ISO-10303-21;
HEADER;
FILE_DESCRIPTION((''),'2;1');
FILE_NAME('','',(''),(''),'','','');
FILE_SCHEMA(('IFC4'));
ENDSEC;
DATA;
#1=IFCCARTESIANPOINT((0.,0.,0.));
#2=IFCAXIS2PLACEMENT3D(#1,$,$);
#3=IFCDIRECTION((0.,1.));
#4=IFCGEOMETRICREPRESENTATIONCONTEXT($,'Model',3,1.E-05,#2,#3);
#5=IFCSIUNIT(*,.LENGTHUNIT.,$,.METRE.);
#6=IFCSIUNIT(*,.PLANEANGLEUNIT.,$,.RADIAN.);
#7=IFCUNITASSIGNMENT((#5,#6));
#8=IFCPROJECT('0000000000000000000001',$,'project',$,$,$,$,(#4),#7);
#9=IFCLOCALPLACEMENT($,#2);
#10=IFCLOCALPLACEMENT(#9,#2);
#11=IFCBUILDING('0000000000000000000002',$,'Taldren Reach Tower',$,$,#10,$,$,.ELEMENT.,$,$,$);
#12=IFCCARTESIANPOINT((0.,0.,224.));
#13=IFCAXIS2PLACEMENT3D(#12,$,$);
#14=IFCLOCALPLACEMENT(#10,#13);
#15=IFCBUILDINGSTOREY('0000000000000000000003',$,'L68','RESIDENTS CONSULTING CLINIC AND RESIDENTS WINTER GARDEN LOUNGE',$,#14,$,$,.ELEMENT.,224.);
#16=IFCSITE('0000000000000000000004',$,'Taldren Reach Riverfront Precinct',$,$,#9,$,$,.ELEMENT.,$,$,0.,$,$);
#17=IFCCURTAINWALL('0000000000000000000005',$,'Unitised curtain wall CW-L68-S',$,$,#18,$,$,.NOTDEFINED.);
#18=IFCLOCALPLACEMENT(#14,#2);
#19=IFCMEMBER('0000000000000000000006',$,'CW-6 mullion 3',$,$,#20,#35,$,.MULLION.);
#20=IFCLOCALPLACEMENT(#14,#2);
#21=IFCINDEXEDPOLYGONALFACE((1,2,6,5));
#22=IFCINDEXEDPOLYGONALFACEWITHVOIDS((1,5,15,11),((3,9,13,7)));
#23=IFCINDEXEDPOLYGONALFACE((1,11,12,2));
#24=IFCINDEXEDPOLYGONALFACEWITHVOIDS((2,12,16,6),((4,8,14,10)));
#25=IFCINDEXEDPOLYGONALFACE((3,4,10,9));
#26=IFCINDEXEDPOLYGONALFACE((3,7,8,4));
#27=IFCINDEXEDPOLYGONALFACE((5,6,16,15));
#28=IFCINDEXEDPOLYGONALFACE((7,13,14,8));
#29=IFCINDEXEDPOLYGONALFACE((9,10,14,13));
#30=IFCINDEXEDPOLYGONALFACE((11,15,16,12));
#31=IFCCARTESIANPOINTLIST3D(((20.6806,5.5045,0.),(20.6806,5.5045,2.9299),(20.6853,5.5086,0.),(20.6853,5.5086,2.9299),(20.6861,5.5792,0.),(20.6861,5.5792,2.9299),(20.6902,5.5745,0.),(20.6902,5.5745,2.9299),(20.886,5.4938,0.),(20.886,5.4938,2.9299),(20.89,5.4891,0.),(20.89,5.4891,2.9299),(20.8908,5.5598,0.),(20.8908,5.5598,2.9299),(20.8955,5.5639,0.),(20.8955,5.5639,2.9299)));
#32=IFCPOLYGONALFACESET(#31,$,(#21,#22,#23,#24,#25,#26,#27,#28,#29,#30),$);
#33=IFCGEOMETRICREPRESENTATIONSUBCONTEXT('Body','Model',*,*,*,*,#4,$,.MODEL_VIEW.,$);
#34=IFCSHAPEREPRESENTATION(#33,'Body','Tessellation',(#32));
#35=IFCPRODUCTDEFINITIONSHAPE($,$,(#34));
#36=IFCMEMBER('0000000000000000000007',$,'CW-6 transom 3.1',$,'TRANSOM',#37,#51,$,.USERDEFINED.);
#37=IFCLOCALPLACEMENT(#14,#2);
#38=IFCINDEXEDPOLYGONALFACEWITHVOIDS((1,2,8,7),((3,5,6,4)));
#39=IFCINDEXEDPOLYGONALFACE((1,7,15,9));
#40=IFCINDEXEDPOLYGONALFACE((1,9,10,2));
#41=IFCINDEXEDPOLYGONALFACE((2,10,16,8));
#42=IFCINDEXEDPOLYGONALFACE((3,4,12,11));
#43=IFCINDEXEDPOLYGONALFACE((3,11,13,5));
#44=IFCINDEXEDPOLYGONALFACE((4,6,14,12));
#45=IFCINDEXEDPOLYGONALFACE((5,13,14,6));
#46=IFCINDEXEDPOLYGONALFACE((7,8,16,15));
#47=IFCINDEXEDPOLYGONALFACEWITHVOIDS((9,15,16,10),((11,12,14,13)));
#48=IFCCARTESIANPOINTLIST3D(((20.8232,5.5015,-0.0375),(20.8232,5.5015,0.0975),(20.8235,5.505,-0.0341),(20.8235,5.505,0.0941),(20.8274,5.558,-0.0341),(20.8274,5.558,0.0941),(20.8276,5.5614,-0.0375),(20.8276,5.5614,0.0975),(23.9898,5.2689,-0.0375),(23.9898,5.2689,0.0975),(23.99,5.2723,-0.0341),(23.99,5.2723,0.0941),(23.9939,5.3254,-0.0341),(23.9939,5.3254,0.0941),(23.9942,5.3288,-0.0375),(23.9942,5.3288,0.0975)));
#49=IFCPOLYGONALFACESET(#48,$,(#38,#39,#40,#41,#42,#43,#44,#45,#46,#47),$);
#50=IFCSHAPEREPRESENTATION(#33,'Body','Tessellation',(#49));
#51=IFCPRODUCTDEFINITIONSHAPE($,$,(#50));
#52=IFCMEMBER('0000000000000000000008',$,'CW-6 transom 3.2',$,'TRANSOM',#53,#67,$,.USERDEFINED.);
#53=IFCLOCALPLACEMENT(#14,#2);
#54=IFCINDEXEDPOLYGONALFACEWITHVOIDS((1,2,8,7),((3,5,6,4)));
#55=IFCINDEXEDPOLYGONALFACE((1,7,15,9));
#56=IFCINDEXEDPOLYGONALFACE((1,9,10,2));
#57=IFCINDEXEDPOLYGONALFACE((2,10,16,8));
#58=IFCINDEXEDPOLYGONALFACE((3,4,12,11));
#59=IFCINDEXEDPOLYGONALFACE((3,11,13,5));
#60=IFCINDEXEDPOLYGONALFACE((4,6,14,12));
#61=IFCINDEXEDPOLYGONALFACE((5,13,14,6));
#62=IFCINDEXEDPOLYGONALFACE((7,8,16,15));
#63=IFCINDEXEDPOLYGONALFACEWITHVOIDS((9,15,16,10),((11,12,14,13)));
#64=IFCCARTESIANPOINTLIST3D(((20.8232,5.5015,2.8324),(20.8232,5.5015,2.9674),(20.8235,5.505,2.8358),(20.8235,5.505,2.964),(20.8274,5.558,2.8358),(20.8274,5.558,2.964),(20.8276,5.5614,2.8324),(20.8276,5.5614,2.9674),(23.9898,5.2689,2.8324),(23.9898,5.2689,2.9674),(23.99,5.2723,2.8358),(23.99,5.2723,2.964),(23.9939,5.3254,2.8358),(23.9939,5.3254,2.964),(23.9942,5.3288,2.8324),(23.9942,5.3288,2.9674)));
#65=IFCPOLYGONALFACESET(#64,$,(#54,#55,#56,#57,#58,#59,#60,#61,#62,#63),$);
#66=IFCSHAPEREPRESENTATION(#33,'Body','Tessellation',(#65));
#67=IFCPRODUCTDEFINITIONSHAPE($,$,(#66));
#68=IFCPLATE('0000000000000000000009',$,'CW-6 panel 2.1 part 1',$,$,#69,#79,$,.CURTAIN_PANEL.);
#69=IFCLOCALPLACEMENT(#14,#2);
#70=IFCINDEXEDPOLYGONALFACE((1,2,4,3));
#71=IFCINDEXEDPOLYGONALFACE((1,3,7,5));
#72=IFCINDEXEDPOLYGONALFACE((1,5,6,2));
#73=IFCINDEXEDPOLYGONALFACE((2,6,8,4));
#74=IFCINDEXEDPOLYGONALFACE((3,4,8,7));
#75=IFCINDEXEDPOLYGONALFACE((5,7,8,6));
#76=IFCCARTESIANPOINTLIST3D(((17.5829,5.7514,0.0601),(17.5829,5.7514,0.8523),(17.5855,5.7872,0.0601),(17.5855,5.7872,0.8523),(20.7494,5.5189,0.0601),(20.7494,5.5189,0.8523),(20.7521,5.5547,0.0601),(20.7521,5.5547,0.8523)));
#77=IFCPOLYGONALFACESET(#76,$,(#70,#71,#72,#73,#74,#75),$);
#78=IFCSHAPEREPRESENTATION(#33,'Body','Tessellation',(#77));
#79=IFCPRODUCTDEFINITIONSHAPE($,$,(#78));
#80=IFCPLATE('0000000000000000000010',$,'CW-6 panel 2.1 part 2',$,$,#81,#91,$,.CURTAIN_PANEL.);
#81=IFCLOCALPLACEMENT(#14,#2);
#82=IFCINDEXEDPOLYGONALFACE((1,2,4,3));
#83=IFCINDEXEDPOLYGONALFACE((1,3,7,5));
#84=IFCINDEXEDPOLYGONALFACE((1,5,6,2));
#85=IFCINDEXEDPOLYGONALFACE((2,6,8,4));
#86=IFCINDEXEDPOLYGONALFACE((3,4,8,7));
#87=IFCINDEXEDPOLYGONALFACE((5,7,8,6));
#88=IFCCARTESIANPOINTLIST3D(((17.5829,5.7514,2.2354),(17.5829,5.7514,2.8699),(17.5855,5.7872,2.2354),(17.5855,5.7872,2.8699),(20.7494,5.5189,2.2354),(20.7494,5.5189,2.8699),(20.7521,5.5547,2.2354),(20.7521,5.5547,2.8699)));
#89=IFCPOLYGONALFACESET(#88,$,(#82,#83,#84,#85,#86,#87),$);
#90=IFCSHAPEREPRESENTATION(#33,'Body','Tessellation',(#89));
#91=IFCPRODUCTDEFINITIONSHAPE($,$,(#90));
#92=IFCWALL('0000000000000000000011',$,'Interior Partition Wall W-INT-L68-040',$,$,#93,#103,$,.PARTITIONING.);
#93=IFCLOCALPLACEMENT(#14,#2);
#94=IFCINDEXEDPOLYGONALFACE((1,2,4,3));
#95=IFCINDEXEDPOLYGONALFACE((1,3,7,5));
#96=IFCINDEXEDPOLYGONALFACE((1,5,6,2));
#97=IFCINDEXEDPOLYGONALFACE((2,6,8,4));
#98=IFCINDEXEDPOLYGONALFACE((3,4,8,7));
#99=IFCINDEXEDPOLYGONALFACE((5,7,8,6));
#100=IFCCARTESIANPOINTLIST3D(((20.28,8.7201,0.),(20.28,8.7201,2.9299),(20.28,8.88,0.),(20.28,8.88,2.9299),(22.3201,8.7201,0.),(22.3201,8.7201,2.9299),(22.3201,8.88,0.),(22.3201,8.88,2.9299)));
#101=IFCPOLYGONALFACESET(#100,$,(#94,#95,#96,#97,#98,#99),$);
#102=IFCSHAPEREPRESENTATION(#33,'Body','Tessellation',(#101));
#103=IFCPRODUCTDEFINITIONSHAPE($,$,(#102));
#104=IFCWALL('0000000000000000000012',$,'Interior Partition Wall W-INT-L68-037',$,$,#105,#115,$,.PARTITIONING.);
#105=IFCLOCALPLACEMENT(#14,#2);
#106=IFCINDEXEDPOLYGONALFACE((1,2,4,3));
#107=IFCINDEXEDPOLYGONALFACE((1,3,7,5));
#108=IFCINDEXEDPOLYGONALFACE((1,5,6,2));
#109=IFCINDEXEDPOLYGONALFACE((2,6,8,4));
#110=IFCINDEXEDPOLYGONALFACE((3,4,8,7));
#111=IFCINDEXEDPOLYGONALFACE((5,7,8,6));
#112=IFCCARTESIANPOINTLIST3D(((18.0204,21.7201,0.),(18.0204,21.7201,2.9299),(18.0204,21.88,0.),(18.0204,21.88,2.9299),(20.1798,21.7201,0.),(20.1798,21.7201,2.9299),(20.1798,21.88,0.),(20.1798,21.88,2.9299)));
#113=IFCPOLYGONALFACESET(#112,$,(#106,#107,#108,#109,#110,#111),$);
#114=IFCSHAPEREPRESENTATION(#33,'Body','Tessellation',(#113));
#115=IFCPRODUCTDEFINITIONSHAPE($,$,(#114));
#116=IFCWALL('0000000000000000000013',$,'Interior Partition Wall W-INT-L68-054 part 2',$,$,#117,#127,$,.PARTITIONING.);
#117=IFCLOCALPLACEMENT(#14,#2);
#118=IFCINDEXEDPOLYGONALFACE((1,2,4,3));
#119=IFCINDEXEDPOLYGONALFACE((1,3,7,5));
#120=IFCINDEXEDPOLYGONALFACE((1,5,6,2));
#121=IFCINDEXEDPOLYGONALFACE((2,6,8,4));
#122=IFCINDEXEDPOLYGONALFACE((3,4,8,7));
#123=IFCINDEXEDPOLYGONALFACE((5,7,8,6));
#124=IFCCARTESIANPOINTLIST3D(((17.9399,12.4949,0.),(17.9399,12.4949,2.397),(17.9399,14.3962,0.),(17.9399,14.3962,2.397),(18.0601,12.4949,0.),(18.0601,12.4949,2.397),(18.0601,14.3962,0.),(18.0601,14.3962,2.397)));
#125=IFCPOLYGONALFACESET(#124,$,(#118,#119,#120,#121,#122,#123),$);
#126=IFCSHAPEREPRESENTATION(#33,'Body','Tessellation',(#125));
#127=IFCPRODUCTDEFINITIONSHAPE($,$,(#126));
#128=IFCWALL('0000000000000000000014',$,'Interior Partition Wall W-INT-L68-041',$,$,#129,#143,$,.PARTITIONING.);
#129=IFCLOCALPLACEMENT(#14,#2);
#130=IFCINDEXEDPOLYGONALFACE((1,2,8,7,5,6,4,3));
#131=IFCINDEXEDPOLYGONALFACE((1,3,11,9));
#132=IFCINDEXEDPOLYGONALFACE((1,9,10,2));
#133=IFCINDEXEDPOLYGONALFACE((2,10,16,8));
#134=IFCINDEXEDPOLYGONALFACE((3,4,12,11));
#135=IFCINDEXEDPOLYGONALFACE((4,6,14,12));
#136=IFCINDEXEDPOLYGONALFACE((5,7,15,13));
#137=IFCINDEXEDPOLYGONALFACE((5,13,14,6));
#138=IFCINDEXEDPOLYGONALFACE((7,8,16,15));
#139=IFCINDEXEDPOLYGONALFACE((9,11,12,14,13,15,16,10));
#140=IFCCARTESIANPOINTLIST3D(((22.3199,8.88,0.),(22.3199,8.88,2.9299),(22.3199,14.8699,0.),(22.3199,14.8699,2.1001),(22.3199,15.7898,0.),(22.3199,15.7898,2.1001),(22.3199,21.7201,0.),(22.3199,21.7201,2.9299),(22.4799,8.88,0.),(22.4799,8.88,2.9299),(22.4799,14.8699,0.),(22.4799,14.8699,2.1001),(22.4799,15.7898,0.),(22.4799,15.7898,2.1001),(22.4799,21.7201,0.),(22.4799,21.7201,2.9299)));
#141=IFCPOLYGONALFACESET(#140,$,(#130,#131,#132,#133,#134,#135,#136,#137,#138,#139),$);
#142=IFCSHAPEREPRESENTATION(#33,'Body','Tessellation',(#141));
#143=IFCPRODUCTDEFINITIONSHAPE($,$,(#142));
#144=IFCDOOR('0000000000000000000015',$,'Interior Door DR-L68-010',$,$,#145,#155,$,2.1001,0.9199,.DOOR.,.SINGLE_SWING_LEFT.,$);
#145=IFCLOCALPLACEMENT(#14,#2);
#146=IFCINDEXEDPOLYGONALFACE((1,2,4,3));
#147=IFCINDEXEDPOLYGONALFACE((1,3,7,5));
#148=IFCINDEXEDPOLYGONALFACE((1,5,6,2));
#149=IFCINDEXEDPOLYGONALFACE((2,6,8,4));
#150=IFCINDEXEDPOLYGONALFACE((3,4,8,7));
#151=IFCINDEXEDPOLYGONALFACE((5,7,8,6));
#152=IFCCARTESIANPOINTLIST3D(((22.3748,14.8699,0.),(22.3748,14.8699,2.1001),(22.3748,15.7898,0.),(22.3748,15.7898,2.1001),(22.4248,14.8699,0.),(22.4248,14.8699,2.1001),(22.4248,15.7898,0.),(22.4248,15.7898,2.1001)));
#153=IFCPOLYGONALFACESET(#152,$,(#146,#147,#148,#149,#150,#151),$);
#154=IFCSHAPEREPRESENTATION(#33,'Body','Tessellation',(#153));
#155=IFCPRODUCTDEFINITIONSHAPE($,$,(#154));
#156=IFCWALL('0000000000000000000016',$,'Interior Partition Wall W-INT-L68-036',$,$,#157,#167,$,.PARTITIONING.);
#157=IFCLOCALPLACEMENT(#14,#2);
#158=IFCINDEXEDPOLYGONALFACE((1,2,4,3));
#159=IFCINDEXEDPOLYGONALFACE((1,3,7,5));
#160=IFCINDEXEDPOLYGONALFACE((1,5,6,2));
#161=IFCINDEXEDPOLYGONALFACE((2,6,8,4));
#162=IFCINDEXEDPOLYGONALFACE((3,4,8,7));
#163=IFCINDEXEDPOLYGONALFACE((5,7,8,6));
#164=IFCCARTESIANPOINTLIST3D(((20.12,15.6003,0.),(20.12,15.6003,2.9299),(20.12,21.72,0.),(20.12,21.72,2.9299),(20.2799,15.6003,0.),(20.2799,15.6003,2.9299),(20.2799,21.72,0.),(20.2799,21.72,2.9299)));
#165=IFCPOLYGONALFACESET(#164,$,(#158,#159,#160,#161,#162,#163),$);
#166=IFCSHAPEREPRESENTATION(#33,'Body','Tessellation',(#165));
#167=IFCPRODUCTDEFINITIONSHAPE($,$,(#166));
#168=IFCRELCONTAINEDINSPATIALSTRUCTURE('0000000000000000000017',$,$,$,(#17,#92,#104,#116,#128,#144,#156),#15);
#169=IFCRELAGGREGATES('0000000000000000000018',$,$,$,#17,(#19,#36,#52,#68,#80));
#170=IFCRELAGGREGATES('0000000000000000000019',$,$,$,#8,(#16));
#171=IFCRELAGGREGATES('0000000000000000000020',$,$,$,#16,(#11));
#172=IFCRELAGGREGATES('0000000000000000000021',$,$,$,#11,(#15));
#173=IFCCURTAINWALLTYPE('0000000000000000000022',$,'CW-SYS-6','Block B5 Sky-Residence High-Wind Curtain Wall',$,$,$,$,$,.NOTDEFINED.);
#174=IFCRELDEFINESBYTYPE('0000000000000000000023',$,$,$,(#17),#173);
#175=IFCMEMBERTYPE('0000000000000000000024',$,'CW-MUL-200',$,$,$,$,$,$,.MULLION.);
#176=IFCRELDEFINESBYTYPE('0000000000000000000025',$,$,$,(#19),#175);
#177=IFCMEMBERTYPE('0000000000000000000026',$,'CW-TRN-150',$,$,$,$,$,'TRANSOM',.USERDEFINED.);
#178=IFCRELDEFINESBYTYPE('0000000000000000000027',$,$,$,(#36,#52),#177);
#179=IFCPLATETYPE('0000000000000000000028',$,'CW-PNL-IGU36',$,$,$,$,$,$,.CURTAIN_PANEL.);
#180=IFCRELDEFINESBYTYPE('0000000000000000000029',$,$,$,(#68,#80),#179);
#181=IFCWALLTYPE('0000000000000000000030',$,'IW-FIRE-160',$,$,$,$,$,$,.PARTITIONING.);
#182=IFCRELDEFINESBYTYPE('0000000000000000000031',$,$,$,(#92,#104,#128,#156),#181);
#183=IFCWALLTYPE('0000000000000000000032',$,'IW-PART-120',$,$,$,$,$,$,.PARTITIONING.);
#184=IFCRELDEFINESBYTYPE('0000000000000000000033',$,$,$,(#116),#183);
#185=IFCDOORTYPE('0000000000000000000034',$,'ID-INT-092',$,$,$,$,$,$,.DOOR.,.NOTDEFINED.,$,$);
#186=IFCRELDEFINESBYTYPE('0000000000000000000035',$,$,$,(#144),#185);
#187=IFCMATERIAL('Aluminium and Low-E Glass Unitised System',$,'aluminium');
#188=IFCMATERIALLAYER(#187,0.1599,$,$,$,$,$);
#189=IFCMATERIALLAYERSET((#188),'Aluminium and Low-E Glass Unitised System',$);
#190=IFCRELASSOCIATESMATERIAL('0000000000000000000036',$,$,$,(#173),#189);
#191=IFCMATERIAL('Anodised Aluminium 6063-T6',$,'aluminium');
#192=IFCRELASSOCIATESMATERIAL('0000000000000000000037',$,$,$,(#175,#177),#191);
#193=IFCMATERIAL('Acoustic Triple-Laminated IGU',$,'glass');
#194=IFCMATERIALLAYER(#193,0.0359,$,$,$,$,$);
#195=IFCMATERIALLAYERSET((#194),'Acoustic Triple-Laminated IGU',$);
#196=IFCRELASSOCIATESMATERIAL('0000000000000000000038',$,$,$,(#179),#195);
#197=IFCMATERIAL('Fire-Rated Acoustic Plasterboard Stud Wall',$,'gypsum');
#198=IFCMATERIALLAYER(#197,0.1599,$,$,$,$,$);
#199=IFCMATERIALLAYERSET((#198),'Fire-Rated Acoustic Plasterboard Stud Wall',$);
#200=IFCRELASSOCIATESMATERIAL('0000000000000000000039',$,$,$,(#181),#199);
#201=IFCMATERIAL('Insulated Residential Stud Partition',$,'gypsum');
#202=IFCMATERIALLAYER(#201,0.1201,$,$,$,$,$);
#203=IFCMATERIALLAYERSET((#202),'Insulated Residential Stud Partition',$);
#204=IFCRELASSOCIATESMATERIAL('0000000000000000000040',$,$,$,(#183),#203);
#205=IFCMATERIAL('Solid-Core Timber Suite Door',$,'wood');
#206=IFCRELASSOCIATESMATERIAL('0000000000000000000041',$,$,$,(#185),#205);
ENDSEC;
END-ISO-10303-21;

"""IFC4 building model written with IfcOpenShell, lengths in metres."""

from ifc_helpers import new_model, si_unit, direction, frame, frame_2d, origin, origin_2d, place, context, subcontext, project, spatial, rectangle, hollow_rectangle, extrude, source, transform, mapped, material, layer, layer_set, material_profile, profile_set, type_object, element, fill, aggregate, save


model = new_model("IFC4")

# Units and contexts
model_context = context("Model", 3, precision=1e-05, world=origin(), true_north=direction((0.0, 1.0)))
body_context = subcontext(model_context, "Body", "Model", "MODEL_VIEW")
ifc_project = project(units=[si_unit("LENGTHUNIT", "METRE"), si_unit("PLANEANGLEUNIT", "RADIAN")], contexts=[model_context])

# Site, building, storey
site_placement = place(None, origin())
site = spatial("IfcSite", under=ifc_project, at=site_placement, Name="Taldren Reach Riverfront Precinct", CompositionType="ELEMENT", RefElevation=0.0)
building_placement = place(site_placement, origin())
building = spatial("IfcBuilding", under=site, at=building_placement, Name="Taldren Reach Tower", CompositionType="ELEMENT")
storey_placement = place(building_placement, frame((0.0, 0.0, 224.0)))
storey = spatial("IfcBuildingStorey", under=building, at=storey_placement, Name="L68", Description="RESIDENTS CONSULTING CLINIC AND RESIDENTS WINTER GARDEN LOUNGE", CompositionType="ELEMENT", Elevation=224.0)

# Curtain wall, members, plates
ifc_material_1 = material(Name="Aluminium and Low-E Glass Unitised System", Category="aluminium")
ifc_layer_1 = layer(ifc_material_1, 0.1599)
ifc_layer_set_1 = layer_set([ifc_layer_1], Name="Aluminium and Low-E Glass Unitised System")
curtain_wall_type = type_object("IfcCurtainWallType", Name="CW-SYS-6", Description="Block B5 Sky-Residence High-Wind Curtain Wall", PredefinedType="NOTDEFINED", material=ifc_layer_set_1)
curtain_wall_placement = place(storey_placement, origin())
curtain_wall = element("IfcCurtainWall", 1, at=curtain_wall_placement, inside=storey, type_object=curtain_wall_type, Name="Unitised curtain wall CW-L68-S", PredefinedType="NOTDEFINED")
ifc_material_2 = material(Name="Anodised Aluminium 6063-T6", Category="aluminium")
ifc_material_profile_1 = material_profile(ifc_material_2, hollow_rectangle(XDim=0.075, YDim=0.21, WallThickness=0.0044, at=origin_2d()), Name="ALU-210x75x4.5RHS")
ifc_profile_set_1 = profile_set([ifc_material_profile_1], Name="Anodised Aluminium 6063-T6")
member_type_1 = type_object("IfcMemberType", Name="CW-MUL-200", PredefinedType="MULLION", material=ifc_profile_set_1)
shared_shape_1 = source(origin(), body_context, "Body", "SweptSolid", [
    extrude(hollow_rectangle(XDim=0.075, YDim=0.21, WallThickness=0.0044, at=origin_2d()), origin(), (0.0, 0.0, 1.0), 2.9299),
])
member_1_placement = place(storey_placement, frame((20.7881, 5.5342, 0.0), z_axis=(0.0, 0.0, 1.0), x_axis=(0.073238, 0.997314, 0.0)))
member_1 = element("IfcMember", 2, at=member_1_placement, type_object=member_type_1, Name="CW-6 mullion 3", PredefinedType="MULLION", context=body_context, shape_type="MappedRepresentation", body=[
    mapped(shared_shape_1, transform((0.0, 0.0, 0.0), scale=1.0)),
])
ifc_material_profile_2 = material_profile(ifc_material_2, hollow_rectangle(XDim=0.0601, YDim=0.135, WallThickness=0.0034, at=origin_2d()), Name="ALU-135x60x3.5RHS")
ifc_profile_set_2 = profile_set([ifc_material_profile_2], Name="Anodised Aluminium 6063-T6")
member_type_2 = type_object("IfcMemberType", Name="CW-TRN-150", ElementType="TRANSOM", PredefinedType="USERDEFINED", material=ifc_profile_set_2)
shared_shape_2 = source(origin(), body_context, "Body", "SweptSolid", [
    extrude(hollow_rectangle(XDim=0.0601, YDim=0.135, WallThickness=0.0034, at=origin_2d()), origin(), (0.0, 0.0, 1.0), 3.175),
])
member_2_placement = place(storey_placement, frame((20.8254, 5.5315, 0.03), z_axis=(0.997311, -0.07328, 0.0), x_axis=(0.07328, 0.997311, 0.0)))
member_2 = element("IfcMember", 3, at=member_2_placement, type_object=member_type_2, Name="CW-6 transom 3.1", ObjectType="TRANSOM", PredefinedType="USERDEFINED", context=body_context, shape_type="MappedRepresentation", body=[
    mapped(shared_shape_2, transform((0.0, 0.0, 0.0), scale=1.0)),
])
member_3_placement = place(storey_placement, frame((20.8254, 5.5315, 2.8999), z_axis=(0.997311, -0.07328, 0.0), x_axis=(0.07328, 0.997311, 0.0)))
member_3 = element("IfcMember", 4, at=member_3_placement, type_object=member_type_2, Name="CW-6 transom 3.2", ObjectType="TRANSOM", PredefinedType="USERDEFINED", context=body_context, shape_type="MappedRepresentation", body=[
    mapped(shared_shape_2, transform((0.0, 0.0, 0.0), scale=1.0)),
])
ifc_material_3 = material(Name="Acoustic Triple-Laminated IGU", Category="glass")
ifc_layer_2 = layer(ifc_material_3, 0.0359)
ifc_layer_set_2 = layer_set([ifc_layer_2], Name="Acoustic Triple-Laminated IGU")
plate_type = type_object("IfcPlateType", Name="CW-PNL-IGU36", PredefinedType="CURTAIN_PANEL", material=ifc_layer_set_2)
shared_shape_3 = source(origin(), body_context, "Body", "SweptSolid", [
    extrude(rectangle(XDim=3.175, YDim=0.0359, at=origin_2d()), origin(), (0.0, 0.0, 1.0), 0.7922),
])
plate_1_placement = place(storey_placement, frame((19.1675, 5.6531, 0.0601), z_axis=(0.0, 0.0, 1.0), x_axis=(0.997314, -0.073238, 0.0)))
plate_1 = element("IfcPlate", 5, at=plate_1_placement, type_object=plate_type, Name="CW-6 panel 2.1 part 1", PredefinedType="CURTAIN_PANEL", context=body_context, shape_type="MappedRepresentation", body=[
    mapped(shared_shape_3, transform((0.0, 0.0, 0.0), scale=1.0)),
])
shared_shape_4 = source(origin(), body_context, "Body", "SweptSolid", [
    extrude(rectangle(XDim=3.175, YDim=0.0359, at=origin_2d()), origin(), (0.0, 0.0, 1.0), 0.6345),
])
plate_2_placement = place(storey_placement, frame((19.1675, 5.6531, 2.2354), z_axis=(0.0, 0.0, 1.0), x_axis=(0.997314, -0.073238, 0.0)))
plate_2 = element("IfcPlate", 6, at=plate_2_placement, type_object=plate_type, Name="CW-6 panel 2.1 part 2", PredefinedType="CURTAIN_PANEL", context=body_context, shape_type="MappedRepresentation", body=[
    mapped(shared_shape_4, transform((0.0, 0.0, 0.0), scale=1.0)),
])
aggregate(curtain_wall, [member_1, member_2, member_3, plate_1, plate_2])

# Walls
ifc_material_4 = material(Name="Fire-Rated Acoustic Plasterboard Stud Wall", Category="gypsum")
ifc_layer_3 = layer(ifc_material_4, 0.1599)
ifc_layer_set_3 = layer_set([ifc_layer_3], Name="Fire-Rated Acoustic Plasterboard Stud Wall")
wall_type_1 = type_object("IfcWallType", Name="IW-FIRE-160", PredefinedType="PARTITIONING", material=ifc_layer_set_3)
shared_shape_5 = source(origin(), body_context, "Body", "SweptSolid", [
    extrude(rectangle(XDim=2.04, YDim=0.1599, at=frame_2d((1.02, 0.0))), origin(), (0.0, 0.0, 1.0), 2.9299),
])
wall_1_placement = place(storey_placement, frame((22.3201, 8.8, 0.0), z_axis=(0.0, 0.0, 1.0), x_axis=(-1.0, 0.0, 0.0)))
element("IfcWall", 7, at=wall_1_placement, inside=storey, type_object=wall_type_1, Name="Interior Partition Wall W-INT-L68-040", PredefinedType="PARTITIONING", context=body_context, shape_type="MappedRepresentation", body=[
    mapped(shared_shape_5, transform((0.0, 0.0, 0.0), scale=1.0)),
])
shared_shape_6 = source(origin(), body_context, "Body", "SweptSolid", [
    extrude(rectangle(XDim=2.1594, YDim=0.1599, at=frame_2d((1.0796, 0.0))), origin(), (0.0, 0.0, 1.0), 2.9299),
])
wall_2_placement = place(storey_placement, frame((20.1797, 21.8, 0.0), z_axis=(0.0, 0.0, 1.0), x_axis=(-1.0, 0.0, 0.0)))
element("IfcWall", 8, at=wall_2_placement, inside=storey, type_object=wall_type_1, Name="Interior Partition Wall W-INT-L68-037", PredefinedType="PARTITIONING", context=body_context, shape_type="MappedRepresentation", body=[
    mapped(shared_shape_6, transform((0.0, 0.0, 0.0), scale=1.0)),
])
ifc_material_5 = material(Name="Insulated Residential Stud Partition", Category="gypsum")
ifc_layer_4 = layer(ifc_material_5, 0.1201)
ifc_layer_set_4 = layer_set([ifc_layer_4], Name="Insulated Residential Stud Partition")
wall_type_2 = type_object("IfcWallType", Name="IW-PART-120", PredefinedType="PARTITIONING", material=ifc_layer_set_4)
shared_shape_7 = source(origin(), body_context, "Body", "SweptSolid", [
    extrude(rectangle(XDim=1.9014, YDim=0.1201, at=frame_2d((0.9507, 0.0))), origin(), (0.0, 0.0, 1.0), 2.397),
])
wall_3_placement = place(storey_placement, frame((18.0, 14.3962, 0.0), z_axis=(0.0, 0.0, 1.0), x_axis=(0.0, -1.0, 0.0)))
element("IfcWall", 9, at=wall_3_placement, inside=storey, type_object=wall_type_2, Name="Interior Partition Wall W-INT-L68-054 part 2", PredefinedType="PARTITIONING", context=body_context, shape_type="MappedRepresentation", body=[
    mapped(shared_shape_7, transform((0.0, 0.0, 0.0), scale=1.0)),
])

# Wall, opening, door
shared_shape_8 = source(origin(), body_context, "Body", "SweptSolid", [
    extrude(rectangle(XDim=12.8401, YDim=0.1599, at=frame_2d((6.4199, 0.0))), origin(), (0.0, 0.0, 1.0), 2.9299),
])
wall_4_placement = place(storey_placement, frame((22.3999, 21.72, 0.0), z_axis=(0.0, 0.0, 1.0), x_axis=(0.0, -1.0, 0.0)))
wall_4 = element("IfcWall", 10, at=wall_4_placement, inside=storey, type_object=wall_type_1, Name="Interior Partition Wall W-INT-L68-041", PredefinedType="PARTITIONING", context=body_context, shape_type="MappedRepresentation", body=[
    mapped(shared_shape_8, transform((0.0, 0.0, 0.0), scale=1.0)),
])
shared_shape_9 = source(origin(), body_context, "Body", "SweptSolid", [
    extrude(rectangle(XDim=0.9199, YDim=2.1001, at=frame_2d((0.46, 1.05))), frame((0.0, 0.0898, 0.0), z_axis=(0.0, -1.0, 0.0), x_axis=(1.0, 0.0, 0.0)), (0.0, 0.0, 1.0), 0.1799),
])
opening_1_placement = place(wall_4_placement, frame((5.9302, 0.0, 0.0)))
opening_1 = element("IfcOpeningElement", 11, at=opening_1_placement, cuts=wall_4, PredefinedType="OPENING", context=body_context, shape_type="MappedRepresentation", body=[
    mapped(shared_shape_9, transform((0.0, 0.0, 0.0), scale=1.0)),
])
ifc_material_6 = material(Name="Solid-Core Timber Suite Door", Category="wood")
door_type = type_object("IfcDoorType", Name="ID-INT-092", OperationType="NOTDEFINED", PredefinedType="DOOR", material=ifc_material_6)
shared_shape_10 = source(origin(), body_context, "Body", "SweptSolid", [
    extrude(rectangle(XDim=0.9199, YDim=2.1001, at=frame_2d((0.46, 1.05))), frame((0.0, 0.0249, 0.0), z_axis=(0.0, -1.0, 0.0), x_axis=(1.0, 0.0, 0.0)), (0.0, 0.0, 1.0), 0.05),
])
door_1_placement = place(opening_1_placement, origin())
door_1 = element("IfcDoor", 12, at=door_1_placement, inside=storey, type_object=door_type, Name="Interior Door DR-L68-010", OperationType="SINGLE_SWING_LEFT", OverallHeight=2.1001, OverallWidth=0.9199, PredefinedType="DOOR", context=body_context, shape_type="MappedRepresentation", body=[
    mapped(shared_shape_10, transform((0.0, 0.0, 0.0), scale=1.0)),
])
fill(opening_1, door_1)

# Wall
shared_shape_11 = source(origin(), body_context, "Body", "SweptSolid", [
    extrude(rectangle(XDim=6.1196, YDim=0.1599, at=frame_2d((3.0598, 0.0))), origin(), (0.0, 0.0, 1.0), 2.9299),
])
wall_5_placement = place(storey_placement, frame((20.2, 15.6003, 0.0), z_axis=(0.0, 0.0, 1.0), x_axis=(0.0, 1.0, 0.0)))
element("IfcWall", 13, at=wall_5_placement, inside=storey, type_object=wall_type_1, Name="Interior Partition Wall W-INT-L68-036", PredefinedType="PARTITIONING", context=body_context, shape_type="MappedRepresentation", body=[
    mapped(shared_shape_11, transform((0.0, 0.0, 0.0), scale=1.0)),
])

save(model, "model.ifc")
